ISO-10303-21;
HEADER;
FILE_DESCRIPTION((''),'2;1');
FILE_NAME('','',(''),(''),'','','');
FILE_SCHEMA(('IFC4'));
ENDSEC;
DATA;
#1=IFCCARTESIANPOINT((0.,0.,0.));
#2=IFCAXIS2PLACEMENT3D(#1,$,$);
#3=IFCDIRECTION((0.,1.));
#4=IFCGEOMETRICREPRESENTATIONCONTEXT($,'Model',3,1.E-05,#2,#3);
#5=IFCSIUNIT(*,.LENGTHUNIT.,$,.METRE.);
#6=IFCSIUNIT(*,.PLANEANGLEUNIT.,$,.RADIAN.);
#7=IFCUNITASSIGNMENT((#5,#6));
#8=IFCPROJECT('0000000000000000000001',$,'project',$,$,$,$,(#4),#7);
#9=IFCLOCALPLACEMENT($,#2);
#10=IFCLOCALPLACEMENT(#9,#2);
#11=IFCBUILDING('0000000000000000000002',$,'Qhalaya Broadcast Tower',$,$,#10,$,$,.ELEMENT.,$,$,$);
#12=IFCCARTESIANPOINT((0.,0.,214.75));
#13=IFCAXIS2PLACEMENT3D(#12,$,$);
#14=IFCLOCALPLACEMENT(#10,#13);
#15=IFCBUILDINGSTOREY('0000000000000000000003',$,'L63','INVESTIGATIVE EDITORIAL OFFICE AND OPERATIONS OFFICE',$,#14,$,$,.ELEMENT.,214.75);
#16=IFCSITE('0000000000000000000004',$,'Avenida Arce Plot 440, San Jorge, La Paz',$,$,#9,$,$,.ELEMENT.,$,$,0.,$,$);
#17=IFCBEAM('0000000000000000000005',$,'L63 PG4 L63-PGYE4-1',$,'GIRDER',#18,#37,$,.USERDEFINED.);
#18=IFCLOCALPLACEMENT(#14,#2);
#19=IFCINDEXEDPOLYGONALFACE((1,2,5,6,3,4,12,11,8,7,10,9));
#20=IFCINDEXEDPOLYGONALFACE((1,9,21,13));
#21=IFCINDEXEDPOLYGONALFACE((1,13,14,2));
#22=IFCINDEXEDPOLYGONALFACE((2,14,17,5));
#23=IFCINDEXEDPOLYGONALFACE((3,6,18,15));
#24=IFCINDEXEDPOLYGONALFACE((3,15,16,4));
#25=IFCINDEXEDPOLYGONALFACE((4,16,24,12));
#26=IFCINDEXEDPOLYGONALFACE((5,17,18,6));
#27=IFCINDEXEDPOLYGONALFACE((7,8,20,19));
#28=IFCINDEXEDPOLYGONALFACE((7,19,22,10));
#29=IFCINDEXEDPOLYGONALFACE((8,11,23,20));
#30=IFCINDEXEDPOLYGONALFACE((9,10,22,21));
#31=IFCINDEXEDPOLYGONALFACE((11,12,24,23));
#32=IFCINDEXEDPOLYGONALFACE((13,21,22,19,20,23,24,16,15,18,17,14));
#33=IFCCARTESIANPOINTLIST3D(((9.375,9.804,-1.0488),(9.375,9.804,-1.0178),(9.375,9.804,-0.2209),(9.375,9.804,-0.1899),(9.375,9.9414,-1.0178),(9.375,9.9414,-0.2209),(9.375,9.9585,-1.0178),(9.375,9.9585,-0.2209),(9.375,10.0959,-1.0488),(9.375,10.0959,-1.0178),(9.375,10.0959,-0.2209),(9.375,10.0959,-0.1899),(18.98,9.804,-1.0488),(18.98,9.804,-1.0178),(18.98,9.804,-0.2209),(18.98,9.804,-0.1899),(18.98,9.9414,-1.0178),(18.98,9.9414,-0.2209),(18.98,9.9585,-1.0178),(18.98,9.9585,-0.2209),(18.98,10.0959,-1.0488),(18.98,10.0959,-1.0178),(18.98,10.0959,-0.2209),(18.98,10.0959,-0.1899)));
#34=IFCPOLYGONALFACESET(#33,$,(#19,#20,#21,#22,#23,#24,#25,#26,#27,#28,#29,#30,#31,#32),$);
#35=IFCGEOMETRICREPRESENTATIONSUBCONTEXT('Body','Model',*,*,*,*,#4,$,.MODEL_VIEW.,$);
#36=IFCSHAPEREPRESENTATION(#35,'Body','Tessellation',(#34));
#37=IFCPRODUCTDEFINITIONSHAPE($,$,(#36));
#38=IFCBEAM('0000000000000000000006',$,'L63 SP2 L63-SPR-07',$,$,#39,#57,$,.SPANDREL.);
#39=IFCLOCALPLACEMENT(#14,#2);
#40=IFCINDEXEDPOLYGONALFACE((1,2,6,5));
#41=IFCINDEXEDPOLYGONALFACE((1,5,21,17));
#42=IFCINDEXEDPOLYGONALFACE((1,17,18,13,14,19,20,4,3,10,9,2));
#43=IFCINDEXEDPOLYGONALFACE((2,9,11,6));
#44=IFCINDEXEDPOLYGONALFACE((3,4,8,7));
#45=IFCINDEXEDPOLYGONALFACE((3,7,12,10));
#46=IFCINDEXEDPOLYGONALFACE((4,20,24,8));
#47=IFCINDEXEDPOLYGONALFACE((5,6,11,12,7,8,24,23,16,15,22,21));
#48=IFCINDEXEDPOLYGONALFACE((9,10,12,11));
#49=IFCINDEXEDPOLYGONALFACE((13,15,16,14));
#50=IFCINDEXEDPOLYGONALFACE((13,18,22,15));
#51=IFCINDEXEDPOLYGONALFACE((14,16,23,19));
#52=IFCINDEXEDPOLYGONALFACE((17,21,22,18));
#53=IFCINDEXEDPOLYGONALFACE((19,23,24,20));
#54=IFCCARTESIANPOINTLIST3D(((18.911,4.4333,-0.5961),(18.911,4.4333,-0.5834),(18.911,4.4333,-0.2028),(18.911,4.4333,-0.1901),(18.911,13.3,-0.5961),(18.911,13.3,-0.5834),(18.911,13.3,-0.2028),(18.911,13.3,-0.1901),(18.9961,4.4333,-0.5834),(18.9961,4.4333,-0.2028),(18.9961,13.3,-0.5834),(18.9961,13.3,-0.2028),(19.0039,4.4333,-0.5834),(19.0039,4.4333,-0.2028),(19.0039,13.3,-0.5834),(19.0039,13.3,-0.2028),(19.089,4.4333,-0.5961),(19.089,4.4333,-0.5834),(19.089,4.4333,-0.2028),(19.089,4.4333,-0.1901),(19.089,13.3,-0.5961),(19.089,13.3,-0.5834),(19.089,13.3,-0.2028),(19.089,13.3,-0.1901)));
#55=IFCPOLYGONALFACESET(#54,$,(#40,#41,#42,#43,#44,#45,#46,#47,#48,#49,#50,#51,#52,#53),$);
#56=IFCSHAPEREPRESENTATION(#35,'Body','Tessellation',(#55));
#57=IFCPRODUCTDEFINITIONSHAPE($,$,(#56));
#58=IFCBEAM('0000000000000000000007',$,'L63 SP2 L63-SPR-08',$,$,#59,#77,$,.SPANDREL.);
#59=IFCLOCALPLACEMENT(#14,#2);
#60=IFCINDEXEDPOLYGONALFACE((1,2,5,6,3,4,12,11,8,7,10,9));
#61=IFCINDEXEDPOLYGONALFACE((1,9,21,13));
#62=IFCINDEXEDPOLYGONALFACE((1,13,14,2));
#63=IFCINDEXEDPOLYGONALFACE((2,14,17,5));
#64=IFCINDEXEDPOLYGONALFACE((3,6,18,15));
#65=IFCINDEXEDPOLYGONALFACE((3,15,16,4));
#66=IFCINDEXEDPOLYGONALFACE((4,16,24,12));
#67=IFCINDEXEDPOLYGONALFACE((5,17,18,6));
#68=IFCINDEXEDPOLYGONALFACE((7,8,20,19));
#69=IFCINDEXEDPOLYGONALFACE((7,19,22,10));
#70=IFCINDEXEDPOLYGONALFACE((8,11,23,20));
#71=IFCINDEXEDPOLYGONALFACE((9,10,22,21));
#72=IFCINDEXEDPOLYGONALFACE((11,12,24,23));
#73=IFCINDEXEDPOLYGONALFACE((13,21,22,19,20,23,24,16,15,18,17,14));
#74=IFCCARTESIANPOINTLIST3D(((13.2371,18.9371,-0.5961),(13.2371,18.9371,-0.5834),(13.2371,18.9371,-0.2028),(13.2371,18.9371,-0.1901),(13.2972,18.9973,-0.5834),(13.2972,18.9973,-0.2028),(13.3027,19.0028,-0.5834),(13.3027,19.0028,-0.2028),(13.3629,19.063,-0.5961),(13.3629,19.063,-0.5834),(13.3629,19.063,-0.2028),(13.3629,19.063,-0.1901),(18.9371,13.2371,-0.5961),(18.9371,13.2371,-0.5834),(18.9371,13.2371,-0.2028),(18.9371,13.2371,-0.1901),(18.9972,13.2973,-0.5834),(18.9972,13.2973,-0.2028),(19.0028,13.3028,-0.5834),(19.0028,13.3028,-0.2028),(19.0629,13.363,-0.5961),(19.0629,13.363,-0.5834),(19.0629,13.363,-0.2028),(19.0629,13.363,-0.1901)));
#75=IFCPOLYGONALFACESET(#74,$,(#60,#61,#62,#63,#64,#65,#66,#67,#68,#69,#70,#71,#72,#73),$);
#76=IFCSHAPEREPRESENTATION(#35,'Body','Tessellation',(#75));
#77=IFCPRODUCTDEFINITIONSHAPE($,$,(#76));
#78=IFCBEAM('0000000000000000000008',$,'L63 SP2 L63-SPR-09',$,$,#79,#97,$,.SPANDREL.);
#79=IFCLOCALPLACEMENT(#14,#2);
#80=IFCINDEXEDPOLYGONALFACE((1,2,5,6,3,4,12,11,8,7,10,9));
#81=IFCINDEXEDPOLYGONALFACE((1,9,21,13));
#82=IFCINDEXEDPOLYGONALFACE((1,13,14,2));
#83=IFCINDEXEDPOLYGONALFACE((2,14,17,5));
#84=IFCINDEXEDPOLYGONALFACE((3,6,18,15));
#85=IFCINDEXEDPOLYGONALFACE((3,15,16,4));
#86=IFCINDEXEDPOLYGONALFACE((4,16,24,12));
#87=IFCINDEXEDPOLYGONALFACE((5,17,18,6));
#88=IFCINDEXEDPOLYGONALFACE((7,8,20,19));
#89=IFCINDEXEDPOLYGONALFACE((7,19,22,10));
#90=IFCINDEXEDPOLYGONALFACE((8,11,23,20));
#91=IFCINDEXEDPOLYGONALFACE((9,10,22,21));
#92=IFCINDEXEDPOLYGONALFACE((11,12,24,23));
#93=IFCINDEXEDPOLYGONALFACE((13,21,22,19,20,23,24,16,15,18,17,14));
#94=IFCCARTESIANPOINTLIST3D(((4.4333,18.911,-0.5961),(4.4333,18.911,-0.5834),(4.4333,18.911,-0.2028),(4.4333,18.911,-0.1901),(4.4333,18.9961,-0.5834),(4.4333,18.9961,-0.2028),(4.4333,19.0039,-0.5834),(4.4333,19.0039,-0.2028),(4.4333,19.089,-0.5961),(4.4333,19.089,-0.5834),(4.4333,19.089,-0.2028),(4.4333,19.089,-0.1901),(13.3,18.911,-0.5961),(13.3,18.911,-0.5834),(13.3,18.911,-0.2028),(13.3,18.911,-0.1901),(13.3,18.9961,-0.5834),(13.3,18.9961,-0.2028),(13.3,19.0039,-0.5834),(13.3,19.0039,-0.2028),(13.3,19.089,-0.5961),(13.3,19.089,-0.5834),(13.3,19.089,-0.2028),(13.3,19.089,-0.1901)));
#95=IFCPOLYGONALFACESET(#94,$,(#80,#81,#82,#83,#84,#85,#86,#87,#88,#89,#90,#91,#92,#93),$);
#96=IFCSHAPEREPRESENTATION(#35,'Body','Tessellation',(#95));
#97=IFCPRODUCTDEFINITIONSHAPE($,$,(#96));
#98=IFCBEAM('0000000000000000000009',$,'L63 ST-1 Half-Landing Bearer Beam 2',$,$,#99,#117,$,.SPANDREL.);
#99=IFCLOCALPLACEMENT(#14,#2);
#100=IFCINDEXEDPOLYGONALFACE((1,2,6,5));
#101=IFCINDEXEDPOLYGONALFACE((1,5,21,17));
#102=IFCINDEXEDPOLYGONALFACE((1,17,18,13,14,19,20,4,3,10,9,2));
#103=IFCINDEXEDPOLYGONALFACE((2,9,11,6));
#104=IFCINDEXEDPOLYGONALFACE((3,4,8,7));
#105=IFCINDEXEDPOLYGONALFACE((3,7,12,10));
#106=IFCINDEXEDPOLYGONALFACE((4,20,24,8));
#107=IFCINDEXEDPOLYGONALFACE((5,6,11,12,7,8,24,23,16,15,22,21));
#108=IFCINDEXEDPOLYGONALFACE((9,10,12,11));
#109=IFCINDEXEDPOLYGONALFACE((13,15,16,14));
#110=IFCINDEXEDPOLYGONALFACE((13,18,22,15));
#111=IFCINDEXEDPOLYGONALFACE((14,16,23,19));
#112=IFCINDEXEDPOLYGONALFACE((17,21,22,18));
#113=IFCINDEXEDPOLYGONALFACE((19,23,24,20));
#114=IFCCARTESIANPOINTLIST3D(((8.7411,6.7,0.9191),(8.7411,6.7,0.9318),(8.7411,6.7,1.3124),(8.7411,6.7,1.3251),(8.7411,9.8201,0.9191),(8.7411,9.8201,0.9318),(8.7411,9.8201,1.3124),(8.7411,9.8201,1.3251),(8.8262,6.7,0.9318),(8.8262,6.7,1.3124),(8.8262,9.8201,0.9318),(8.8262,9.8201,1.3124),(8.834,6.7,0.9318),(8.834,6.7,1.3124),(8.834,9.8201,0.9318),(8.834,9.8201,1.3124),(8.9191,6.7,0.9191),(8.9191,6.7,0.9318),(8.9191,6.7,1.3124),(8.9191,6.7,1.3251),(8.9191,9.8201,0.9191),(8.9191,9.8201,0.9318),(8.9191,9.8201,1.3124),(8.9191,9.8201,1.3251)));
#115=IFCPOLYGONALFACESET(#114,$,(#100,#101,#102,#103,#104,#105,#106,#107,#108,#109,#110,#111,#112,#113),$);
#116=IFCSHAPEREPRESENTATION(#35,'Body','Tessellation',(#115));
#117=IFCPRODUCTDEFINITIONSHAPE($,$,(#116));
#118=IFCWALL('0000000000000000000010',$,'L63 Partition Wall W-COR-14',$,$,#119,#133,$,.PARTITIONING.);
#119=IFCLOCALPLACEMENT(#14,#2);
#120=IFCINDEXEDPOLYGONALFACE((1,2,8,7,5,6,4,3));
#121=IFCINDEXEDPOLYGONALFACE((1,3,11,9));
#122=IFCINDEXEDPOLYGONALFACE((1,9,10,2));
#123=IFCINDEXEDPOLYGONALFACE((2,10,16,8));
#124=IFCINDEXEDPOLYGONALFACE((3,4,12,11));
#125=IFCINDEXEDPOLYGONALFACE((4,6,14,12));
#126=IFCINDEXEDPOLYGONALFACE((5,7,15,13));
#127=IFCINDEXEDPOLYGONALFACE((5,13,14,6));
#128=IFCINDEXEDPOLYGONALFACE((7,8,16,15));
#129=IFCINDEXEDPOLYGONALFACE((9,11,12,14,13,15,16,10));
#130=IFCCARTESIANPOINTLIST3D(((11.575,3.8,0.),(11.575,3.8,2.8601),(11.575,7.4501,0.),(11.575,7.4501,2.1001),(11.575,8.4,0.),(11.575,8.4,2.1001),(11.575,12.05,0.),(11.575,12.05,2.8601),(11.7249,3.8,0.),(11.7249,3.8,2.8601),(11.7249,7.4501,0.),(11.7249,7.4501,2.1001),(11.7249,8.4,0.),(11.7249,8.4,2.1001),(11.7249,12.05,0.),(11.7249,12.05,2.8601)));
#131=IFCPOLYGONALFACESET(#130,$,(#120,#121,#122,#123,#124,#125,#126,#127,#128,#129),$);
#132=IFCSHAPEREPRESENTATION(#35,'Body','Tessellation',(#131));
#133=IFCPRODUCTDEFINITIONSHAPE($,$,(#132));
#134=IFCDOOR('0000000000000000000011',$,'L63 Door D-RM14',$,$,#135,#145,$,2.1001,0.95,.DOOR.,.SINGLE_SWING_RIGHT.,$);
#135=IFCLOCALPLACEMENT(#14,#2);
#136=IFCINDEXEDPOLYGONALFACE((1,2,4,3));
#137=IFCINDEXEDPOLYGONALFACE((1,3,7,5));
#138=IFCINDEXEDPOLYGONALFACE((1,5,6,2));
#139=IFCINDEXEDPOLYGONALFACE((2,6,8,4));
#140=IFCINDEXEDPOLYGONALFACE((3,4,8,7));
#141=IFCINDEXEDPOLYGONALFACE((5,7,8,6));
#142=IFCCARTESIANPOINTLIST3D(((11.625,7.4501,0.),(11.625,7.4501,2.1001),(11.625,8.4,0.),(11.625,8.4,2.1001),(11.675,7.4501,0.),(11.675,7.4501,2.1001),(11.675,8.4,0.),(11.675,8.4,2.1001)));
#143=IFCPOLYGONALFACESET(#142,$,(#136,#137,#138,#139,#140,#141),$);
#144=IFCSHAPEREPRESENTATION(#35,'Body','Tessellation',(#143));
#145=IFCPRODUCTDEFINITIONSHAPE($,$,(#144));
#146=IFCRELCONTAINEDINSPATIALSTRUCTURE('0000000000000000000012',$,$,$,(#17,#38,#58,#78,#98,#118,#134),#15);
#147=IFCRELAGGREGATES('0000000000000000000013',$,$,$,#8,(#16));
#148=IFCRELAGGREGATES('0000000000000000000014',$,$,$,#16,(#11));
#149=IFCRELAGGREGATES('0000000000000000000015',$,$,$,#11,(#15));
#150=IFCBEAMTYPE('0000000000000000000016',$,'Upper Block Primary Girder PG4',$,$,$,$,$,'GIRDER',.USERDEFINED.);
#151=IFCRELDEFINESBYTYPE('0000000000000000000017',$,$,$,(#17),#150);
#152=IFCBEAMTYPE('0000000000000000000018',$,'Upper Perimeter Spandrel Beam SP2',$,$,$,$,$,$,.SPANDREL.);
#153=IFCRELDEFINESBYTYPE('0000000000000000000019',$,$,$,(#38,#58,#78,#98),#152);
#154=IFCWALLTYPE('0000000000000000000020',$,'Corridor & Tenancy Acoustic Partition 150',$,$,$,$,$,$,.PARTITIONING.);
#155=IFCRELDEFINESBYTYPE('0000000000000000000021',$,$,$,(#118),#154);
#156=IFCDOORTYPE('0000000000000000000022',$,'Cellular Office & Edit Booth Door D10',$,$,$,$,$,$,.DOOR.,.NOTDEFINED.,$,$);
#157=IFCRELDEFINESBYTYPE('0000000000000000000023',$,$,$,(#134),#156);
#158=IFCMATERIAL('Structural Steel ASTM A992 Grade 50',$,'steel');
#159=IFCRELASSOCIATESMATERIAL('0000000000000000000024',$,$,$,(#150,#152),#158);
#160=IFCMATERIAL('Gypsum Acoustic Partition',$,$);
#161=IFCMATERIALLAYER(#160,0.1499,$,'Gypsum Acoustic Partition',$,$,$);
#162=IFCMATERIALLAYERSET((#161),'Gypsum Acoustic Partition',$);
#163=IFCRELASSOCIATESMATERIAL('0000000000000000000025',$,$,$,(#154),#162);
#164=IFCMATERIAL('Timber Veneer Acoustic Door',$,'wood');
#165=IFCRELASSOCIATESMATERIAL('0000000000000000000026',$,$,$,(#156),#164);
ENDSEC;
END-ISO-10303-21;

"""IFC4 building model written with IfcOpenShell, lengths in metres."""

from ifc_helpers import new_model, si_unit, direction, frame, frame_2d, origin, origin_2d, place, context, subcontext, project, spatial, rectangle, i_section, extrude, material, layer, layer_set, material_profile, profile_set, type_object, element, fill, save


model = new_model("IFC4")

# Units and contexts
model_context = context("Model", 3, precision=1e-05, world=origin(), true_north=direction((0.0, 1.0)))
body_context = subcontext(model_context, "Body", "Model", "MODEL_VIEW")
ifc_project = project(units=[si_unit("LENGTHUNIT", "METRE"), si_unit("PLANEANGLEUNIT", "RADIAN")], contexts=[model_context])

# Site, building, storey
site_placement = place(None, origin())
site = spatial("IfcSite", under=ifc_project, at=site_placement, Name="Avenida Arce Plot 440, San Jorge, La Paz", CompositionType="ELEMENT", RefElevation=0.0)
building_placement = place(site_placement, origin())
building = spatial("IfcBuilding", under=site, at=building_placement, Name="Qhalaya Broadcast Tower", CompositionType="ELEMENT")
storey_placement = place(building_placement, frame((0.0, 0.0, 214.75)))
storey = spatial("IfcBuildingStorey", under=building, at=storey_placement, Name="L63", Description="INVESTIGATIVE EDITORIAL OFFICE AND OPERATIONS OFFICE", CompositionType="ELEMENT", Elevation=214.75)

# Beams
ifc_material_1 = material(Name="Structural Steel ASTM A992 Grade 50", Category="steel")
ifc_material_profile_1 = material_profile(ifc_material_1, i_section(OverallWidth=0.292, OverallDepth=0.8589, WebThickness=0.0171, FlangeThickness=0.031, at=origin_2d()), Name="W33X169")
ifc_profile_set_1 = profile_set([ifc_material_profile_1], Name="Structural Steel ASTM A992 Grade 50")
beam_type_1 = type_object("IfcBeamType", Name="Upper Block Primary Girder PG4", ElementType="GIRDER", PredefinedType="USERDEFINED", material=ifc_profile_set_1)
for number, where, z_axis, x_axis, name in (
    (1, (9.375, 9.95, -0.6194), (1.0, 0.0, 0.0), (0.0, 1.0, 0.0), "L63 PG4 L63-PGYE4-1"),
):
    element("IfcBeam", number, at=place(storey_placement, frame(where, z_axis=z_axis, x_axis=x_axis)), inside=storey, type_object=beam_type_1, Name=name, ObjectType="GIRDER", PredefinedType="USERDEFINED", context=body_context, shape_type="SweptSolid", body=[
        extrude(i_section(OverallWidth=0.292, OverallDepth=0.8589, WebThickness=0.0171, FlangeThickness=0.031, at=origin_2d()), origin(), (0.0, 0.0, 1.0), 9.605),
    ])
ifc_material_profile_2 = material_profile(ifc_material_1, i_section(OverallWidth=0.178, OverallDepth=0.406, WebThickness=0.0078, FlangeThickness=0.0127, at=origin_2d()), Name="W16X40")
ifc_profile_set_2 = profile_set([ifc_material_profile_2], Name="Structural Steel ASTM A992 Grade 50")
beam_type_2 = type_object("IfcBeamType", Name="Upper Perimeter Spandrel Beam SP2", PredefinedType="SPANDREL", material=ifc_profile_set_2)
beam_1_placement = place(storey_placement, frame((19.0, 4.4333, -0.3931), z_axis=(0.0, 1.0, 0.0), x_axis=(-1.0, 0.0, 0.0)))
element("IfcBeam", 2, at=beam_1_placement, inside=storey, type_object=beam_type_2, Name="L63 SP2 L63-SPR-07", PredefinedType="SPANDREL", context=body_context, shape_type="SweptSolid", body=[
    extrude(i_section(OverallWidth=0.178, OverallDepth=0.406, WebThickness=0.0078, FlangeThickness=0.0127, at=origin_2d()), origin(), (0.0, 0.0, 1.0), 8.8667),
])
beam_2_placement = place(storey_placement, frame((19.0, 13.3, -0.3931), z_axis=(-0.707107, 0.707107, 0.0), x_axis=(-0.707107, -0.707107, 0.0)))
element("IfcBeam", 3, at=beam_2_placement, inside=storey, type_object=beam_type_2, Name="L63 SP2 L63-SPR-08", PredefinedType="SPANDREL", context=body_context, shape_type="SweptSolid", body=[
    extrude(i_section(OverallWidth=0.178, OverallDepth=0.406, WebThickness=0.0078, FlangeThickness=0.0127, at=origin_2d()), origin(), (0.0, 0.0, 1.0), 8.061),
])
beam_3_placement = place(storey_placement, frame((13.3, 19.0, -0.3931), z_axis=(-1.0, 0.0, 0.0), x_axis=(0.0, -1.0, 0.0)))
element("IfcBeam", 4, at=beam_3_placement, inside=storey, type_object=beam_type_2, Name="L63 SP2 L63-SPR-09", PredefinedType="SPANDREL", context=body_context, shape_type="SweptSolid", body=[
    extrude(i_section(OverallWidth=0.178, OverallDepth=0.406, WebThickness=0.0078, FlangeThickness=0.0127, at=origin_2d()), origin(), (0.0, 0.0, 1.0), 8.8667),
])
beam_4_placement = place(storey_placement, frame((8.8301, 6.7, 1.1221), z_axis=(0.0, 1.0, 0.0), x_axis=(-1.0, 0.0, 0.0)))
element("IfcBeam", 5, at=beam_4_placement, inside=storey, type_object=beam_type_2, Name="L63 ST-1 Half-Landing Bearer Beam 2", PredefinedType="SPANDREL", context=body_context, shape_type="SweptSolid", body=[
    extrude(i_section(OverallWidth=0.178, OverallDepth=0.406, WebThickness=0.0078, FlangeThickness=0.0127, at=origin_2d()), origin(), (0.0, 0.0, 1.0), 3.1201),
])

# Wall, opening, door
ifc_material_2 = material(Name="Gypsum Acoustic Partition")
ifc_layer_1 = layer(ifc_material_2, 0.1499, Name="Gypsum Acoustic Partition")
ifc_layer_set_1 = layer_set([ifc_layer_1], Name="Gypsum Acoustic Partition")
wall_type_1 = type_object("IfcWallType", Name="Corridor & Tenancy Acoustic Partition 150", PredefinedType="PARTITIONING", material=ifc_layer_set_1)
wall_1_placement = place(storey_placement, frame((11.6499, 3.8, 0.0), z_axis=(0.0, 0.0, 1.0), x_axis=(0.0, 1.0, 0.0)))
wall_1 = element("IfcWall", 6, at=wall_1_placement, inside=storey, type_object=wall_type_1, Name="L63 Partition Wall W-COR-14", PredefinedType="PARTITIONING", context=body_context, shape_type="SweptSolid", body=[
    extrude(rectangle(XDim=8.25, YDim=0.1499, at=frame_2d((4.125, 0.0))), origin(), (0.0, 0.0, 1.0), 2.8601),
])
opening_1_placement = place(wall_1_placement, frame((3.6499, 0.0, 0.0)))
opening_1 = element("IfcOpeningElement", 7, at=opening_1_placement, cuts=wall_1, PredefinedType="OPENING", context=body_context, shape_type="SweptSolid", body=[
    extrude(rectangle(XDim=0.95, YDim=2.1001, at=frame_2d((0.4751, 1.05))), frame((0.0, 0.0869, 0.0), z_axis=(0.0, -1.0, 0.0), x_axis=(1.0, 0.0, 0.0)), (0.0, 0.0, 1.0), 0.1738),
])
ifc_material_3 = material(Name="Timber Veneer Acoustic Door", Category="wood")
door_type_1 = type_object("IfcDoorType", Name="Cellular Office & Edit Booth Door D10", OperationType="NOTDEFINED", PredefinedType="DOOR", material=ifc_material_3)
door_1_placement = place(opening_1_placement, origin())
door_1 = element("IfcDoor", 8, at=door_1_placement, inside=storey, type_object=door_type_1, Name="L63 Door D-RM14", OperationType="SINGLE_SWING_RIGHT", OverallHeight=2.1001, OverallWidth=0.95, PredefinedType="DOOR", context=body_context, shape_type="SweptSolid", body=[
    extrude(rectangle(XDim=0.95, YDim=2.1001, at=frame_2d((0.4751, 1.05))), frame((0.0, 0.0249, 0.0), z_axis=(0.0, -1.0, 0.0), x_axis=(1.0, 0.0, 0.0)), (0.0, 0.0, 1.0), 0.05),
])
fill(opening_1, door_1)

save(model, "model.ifc")
